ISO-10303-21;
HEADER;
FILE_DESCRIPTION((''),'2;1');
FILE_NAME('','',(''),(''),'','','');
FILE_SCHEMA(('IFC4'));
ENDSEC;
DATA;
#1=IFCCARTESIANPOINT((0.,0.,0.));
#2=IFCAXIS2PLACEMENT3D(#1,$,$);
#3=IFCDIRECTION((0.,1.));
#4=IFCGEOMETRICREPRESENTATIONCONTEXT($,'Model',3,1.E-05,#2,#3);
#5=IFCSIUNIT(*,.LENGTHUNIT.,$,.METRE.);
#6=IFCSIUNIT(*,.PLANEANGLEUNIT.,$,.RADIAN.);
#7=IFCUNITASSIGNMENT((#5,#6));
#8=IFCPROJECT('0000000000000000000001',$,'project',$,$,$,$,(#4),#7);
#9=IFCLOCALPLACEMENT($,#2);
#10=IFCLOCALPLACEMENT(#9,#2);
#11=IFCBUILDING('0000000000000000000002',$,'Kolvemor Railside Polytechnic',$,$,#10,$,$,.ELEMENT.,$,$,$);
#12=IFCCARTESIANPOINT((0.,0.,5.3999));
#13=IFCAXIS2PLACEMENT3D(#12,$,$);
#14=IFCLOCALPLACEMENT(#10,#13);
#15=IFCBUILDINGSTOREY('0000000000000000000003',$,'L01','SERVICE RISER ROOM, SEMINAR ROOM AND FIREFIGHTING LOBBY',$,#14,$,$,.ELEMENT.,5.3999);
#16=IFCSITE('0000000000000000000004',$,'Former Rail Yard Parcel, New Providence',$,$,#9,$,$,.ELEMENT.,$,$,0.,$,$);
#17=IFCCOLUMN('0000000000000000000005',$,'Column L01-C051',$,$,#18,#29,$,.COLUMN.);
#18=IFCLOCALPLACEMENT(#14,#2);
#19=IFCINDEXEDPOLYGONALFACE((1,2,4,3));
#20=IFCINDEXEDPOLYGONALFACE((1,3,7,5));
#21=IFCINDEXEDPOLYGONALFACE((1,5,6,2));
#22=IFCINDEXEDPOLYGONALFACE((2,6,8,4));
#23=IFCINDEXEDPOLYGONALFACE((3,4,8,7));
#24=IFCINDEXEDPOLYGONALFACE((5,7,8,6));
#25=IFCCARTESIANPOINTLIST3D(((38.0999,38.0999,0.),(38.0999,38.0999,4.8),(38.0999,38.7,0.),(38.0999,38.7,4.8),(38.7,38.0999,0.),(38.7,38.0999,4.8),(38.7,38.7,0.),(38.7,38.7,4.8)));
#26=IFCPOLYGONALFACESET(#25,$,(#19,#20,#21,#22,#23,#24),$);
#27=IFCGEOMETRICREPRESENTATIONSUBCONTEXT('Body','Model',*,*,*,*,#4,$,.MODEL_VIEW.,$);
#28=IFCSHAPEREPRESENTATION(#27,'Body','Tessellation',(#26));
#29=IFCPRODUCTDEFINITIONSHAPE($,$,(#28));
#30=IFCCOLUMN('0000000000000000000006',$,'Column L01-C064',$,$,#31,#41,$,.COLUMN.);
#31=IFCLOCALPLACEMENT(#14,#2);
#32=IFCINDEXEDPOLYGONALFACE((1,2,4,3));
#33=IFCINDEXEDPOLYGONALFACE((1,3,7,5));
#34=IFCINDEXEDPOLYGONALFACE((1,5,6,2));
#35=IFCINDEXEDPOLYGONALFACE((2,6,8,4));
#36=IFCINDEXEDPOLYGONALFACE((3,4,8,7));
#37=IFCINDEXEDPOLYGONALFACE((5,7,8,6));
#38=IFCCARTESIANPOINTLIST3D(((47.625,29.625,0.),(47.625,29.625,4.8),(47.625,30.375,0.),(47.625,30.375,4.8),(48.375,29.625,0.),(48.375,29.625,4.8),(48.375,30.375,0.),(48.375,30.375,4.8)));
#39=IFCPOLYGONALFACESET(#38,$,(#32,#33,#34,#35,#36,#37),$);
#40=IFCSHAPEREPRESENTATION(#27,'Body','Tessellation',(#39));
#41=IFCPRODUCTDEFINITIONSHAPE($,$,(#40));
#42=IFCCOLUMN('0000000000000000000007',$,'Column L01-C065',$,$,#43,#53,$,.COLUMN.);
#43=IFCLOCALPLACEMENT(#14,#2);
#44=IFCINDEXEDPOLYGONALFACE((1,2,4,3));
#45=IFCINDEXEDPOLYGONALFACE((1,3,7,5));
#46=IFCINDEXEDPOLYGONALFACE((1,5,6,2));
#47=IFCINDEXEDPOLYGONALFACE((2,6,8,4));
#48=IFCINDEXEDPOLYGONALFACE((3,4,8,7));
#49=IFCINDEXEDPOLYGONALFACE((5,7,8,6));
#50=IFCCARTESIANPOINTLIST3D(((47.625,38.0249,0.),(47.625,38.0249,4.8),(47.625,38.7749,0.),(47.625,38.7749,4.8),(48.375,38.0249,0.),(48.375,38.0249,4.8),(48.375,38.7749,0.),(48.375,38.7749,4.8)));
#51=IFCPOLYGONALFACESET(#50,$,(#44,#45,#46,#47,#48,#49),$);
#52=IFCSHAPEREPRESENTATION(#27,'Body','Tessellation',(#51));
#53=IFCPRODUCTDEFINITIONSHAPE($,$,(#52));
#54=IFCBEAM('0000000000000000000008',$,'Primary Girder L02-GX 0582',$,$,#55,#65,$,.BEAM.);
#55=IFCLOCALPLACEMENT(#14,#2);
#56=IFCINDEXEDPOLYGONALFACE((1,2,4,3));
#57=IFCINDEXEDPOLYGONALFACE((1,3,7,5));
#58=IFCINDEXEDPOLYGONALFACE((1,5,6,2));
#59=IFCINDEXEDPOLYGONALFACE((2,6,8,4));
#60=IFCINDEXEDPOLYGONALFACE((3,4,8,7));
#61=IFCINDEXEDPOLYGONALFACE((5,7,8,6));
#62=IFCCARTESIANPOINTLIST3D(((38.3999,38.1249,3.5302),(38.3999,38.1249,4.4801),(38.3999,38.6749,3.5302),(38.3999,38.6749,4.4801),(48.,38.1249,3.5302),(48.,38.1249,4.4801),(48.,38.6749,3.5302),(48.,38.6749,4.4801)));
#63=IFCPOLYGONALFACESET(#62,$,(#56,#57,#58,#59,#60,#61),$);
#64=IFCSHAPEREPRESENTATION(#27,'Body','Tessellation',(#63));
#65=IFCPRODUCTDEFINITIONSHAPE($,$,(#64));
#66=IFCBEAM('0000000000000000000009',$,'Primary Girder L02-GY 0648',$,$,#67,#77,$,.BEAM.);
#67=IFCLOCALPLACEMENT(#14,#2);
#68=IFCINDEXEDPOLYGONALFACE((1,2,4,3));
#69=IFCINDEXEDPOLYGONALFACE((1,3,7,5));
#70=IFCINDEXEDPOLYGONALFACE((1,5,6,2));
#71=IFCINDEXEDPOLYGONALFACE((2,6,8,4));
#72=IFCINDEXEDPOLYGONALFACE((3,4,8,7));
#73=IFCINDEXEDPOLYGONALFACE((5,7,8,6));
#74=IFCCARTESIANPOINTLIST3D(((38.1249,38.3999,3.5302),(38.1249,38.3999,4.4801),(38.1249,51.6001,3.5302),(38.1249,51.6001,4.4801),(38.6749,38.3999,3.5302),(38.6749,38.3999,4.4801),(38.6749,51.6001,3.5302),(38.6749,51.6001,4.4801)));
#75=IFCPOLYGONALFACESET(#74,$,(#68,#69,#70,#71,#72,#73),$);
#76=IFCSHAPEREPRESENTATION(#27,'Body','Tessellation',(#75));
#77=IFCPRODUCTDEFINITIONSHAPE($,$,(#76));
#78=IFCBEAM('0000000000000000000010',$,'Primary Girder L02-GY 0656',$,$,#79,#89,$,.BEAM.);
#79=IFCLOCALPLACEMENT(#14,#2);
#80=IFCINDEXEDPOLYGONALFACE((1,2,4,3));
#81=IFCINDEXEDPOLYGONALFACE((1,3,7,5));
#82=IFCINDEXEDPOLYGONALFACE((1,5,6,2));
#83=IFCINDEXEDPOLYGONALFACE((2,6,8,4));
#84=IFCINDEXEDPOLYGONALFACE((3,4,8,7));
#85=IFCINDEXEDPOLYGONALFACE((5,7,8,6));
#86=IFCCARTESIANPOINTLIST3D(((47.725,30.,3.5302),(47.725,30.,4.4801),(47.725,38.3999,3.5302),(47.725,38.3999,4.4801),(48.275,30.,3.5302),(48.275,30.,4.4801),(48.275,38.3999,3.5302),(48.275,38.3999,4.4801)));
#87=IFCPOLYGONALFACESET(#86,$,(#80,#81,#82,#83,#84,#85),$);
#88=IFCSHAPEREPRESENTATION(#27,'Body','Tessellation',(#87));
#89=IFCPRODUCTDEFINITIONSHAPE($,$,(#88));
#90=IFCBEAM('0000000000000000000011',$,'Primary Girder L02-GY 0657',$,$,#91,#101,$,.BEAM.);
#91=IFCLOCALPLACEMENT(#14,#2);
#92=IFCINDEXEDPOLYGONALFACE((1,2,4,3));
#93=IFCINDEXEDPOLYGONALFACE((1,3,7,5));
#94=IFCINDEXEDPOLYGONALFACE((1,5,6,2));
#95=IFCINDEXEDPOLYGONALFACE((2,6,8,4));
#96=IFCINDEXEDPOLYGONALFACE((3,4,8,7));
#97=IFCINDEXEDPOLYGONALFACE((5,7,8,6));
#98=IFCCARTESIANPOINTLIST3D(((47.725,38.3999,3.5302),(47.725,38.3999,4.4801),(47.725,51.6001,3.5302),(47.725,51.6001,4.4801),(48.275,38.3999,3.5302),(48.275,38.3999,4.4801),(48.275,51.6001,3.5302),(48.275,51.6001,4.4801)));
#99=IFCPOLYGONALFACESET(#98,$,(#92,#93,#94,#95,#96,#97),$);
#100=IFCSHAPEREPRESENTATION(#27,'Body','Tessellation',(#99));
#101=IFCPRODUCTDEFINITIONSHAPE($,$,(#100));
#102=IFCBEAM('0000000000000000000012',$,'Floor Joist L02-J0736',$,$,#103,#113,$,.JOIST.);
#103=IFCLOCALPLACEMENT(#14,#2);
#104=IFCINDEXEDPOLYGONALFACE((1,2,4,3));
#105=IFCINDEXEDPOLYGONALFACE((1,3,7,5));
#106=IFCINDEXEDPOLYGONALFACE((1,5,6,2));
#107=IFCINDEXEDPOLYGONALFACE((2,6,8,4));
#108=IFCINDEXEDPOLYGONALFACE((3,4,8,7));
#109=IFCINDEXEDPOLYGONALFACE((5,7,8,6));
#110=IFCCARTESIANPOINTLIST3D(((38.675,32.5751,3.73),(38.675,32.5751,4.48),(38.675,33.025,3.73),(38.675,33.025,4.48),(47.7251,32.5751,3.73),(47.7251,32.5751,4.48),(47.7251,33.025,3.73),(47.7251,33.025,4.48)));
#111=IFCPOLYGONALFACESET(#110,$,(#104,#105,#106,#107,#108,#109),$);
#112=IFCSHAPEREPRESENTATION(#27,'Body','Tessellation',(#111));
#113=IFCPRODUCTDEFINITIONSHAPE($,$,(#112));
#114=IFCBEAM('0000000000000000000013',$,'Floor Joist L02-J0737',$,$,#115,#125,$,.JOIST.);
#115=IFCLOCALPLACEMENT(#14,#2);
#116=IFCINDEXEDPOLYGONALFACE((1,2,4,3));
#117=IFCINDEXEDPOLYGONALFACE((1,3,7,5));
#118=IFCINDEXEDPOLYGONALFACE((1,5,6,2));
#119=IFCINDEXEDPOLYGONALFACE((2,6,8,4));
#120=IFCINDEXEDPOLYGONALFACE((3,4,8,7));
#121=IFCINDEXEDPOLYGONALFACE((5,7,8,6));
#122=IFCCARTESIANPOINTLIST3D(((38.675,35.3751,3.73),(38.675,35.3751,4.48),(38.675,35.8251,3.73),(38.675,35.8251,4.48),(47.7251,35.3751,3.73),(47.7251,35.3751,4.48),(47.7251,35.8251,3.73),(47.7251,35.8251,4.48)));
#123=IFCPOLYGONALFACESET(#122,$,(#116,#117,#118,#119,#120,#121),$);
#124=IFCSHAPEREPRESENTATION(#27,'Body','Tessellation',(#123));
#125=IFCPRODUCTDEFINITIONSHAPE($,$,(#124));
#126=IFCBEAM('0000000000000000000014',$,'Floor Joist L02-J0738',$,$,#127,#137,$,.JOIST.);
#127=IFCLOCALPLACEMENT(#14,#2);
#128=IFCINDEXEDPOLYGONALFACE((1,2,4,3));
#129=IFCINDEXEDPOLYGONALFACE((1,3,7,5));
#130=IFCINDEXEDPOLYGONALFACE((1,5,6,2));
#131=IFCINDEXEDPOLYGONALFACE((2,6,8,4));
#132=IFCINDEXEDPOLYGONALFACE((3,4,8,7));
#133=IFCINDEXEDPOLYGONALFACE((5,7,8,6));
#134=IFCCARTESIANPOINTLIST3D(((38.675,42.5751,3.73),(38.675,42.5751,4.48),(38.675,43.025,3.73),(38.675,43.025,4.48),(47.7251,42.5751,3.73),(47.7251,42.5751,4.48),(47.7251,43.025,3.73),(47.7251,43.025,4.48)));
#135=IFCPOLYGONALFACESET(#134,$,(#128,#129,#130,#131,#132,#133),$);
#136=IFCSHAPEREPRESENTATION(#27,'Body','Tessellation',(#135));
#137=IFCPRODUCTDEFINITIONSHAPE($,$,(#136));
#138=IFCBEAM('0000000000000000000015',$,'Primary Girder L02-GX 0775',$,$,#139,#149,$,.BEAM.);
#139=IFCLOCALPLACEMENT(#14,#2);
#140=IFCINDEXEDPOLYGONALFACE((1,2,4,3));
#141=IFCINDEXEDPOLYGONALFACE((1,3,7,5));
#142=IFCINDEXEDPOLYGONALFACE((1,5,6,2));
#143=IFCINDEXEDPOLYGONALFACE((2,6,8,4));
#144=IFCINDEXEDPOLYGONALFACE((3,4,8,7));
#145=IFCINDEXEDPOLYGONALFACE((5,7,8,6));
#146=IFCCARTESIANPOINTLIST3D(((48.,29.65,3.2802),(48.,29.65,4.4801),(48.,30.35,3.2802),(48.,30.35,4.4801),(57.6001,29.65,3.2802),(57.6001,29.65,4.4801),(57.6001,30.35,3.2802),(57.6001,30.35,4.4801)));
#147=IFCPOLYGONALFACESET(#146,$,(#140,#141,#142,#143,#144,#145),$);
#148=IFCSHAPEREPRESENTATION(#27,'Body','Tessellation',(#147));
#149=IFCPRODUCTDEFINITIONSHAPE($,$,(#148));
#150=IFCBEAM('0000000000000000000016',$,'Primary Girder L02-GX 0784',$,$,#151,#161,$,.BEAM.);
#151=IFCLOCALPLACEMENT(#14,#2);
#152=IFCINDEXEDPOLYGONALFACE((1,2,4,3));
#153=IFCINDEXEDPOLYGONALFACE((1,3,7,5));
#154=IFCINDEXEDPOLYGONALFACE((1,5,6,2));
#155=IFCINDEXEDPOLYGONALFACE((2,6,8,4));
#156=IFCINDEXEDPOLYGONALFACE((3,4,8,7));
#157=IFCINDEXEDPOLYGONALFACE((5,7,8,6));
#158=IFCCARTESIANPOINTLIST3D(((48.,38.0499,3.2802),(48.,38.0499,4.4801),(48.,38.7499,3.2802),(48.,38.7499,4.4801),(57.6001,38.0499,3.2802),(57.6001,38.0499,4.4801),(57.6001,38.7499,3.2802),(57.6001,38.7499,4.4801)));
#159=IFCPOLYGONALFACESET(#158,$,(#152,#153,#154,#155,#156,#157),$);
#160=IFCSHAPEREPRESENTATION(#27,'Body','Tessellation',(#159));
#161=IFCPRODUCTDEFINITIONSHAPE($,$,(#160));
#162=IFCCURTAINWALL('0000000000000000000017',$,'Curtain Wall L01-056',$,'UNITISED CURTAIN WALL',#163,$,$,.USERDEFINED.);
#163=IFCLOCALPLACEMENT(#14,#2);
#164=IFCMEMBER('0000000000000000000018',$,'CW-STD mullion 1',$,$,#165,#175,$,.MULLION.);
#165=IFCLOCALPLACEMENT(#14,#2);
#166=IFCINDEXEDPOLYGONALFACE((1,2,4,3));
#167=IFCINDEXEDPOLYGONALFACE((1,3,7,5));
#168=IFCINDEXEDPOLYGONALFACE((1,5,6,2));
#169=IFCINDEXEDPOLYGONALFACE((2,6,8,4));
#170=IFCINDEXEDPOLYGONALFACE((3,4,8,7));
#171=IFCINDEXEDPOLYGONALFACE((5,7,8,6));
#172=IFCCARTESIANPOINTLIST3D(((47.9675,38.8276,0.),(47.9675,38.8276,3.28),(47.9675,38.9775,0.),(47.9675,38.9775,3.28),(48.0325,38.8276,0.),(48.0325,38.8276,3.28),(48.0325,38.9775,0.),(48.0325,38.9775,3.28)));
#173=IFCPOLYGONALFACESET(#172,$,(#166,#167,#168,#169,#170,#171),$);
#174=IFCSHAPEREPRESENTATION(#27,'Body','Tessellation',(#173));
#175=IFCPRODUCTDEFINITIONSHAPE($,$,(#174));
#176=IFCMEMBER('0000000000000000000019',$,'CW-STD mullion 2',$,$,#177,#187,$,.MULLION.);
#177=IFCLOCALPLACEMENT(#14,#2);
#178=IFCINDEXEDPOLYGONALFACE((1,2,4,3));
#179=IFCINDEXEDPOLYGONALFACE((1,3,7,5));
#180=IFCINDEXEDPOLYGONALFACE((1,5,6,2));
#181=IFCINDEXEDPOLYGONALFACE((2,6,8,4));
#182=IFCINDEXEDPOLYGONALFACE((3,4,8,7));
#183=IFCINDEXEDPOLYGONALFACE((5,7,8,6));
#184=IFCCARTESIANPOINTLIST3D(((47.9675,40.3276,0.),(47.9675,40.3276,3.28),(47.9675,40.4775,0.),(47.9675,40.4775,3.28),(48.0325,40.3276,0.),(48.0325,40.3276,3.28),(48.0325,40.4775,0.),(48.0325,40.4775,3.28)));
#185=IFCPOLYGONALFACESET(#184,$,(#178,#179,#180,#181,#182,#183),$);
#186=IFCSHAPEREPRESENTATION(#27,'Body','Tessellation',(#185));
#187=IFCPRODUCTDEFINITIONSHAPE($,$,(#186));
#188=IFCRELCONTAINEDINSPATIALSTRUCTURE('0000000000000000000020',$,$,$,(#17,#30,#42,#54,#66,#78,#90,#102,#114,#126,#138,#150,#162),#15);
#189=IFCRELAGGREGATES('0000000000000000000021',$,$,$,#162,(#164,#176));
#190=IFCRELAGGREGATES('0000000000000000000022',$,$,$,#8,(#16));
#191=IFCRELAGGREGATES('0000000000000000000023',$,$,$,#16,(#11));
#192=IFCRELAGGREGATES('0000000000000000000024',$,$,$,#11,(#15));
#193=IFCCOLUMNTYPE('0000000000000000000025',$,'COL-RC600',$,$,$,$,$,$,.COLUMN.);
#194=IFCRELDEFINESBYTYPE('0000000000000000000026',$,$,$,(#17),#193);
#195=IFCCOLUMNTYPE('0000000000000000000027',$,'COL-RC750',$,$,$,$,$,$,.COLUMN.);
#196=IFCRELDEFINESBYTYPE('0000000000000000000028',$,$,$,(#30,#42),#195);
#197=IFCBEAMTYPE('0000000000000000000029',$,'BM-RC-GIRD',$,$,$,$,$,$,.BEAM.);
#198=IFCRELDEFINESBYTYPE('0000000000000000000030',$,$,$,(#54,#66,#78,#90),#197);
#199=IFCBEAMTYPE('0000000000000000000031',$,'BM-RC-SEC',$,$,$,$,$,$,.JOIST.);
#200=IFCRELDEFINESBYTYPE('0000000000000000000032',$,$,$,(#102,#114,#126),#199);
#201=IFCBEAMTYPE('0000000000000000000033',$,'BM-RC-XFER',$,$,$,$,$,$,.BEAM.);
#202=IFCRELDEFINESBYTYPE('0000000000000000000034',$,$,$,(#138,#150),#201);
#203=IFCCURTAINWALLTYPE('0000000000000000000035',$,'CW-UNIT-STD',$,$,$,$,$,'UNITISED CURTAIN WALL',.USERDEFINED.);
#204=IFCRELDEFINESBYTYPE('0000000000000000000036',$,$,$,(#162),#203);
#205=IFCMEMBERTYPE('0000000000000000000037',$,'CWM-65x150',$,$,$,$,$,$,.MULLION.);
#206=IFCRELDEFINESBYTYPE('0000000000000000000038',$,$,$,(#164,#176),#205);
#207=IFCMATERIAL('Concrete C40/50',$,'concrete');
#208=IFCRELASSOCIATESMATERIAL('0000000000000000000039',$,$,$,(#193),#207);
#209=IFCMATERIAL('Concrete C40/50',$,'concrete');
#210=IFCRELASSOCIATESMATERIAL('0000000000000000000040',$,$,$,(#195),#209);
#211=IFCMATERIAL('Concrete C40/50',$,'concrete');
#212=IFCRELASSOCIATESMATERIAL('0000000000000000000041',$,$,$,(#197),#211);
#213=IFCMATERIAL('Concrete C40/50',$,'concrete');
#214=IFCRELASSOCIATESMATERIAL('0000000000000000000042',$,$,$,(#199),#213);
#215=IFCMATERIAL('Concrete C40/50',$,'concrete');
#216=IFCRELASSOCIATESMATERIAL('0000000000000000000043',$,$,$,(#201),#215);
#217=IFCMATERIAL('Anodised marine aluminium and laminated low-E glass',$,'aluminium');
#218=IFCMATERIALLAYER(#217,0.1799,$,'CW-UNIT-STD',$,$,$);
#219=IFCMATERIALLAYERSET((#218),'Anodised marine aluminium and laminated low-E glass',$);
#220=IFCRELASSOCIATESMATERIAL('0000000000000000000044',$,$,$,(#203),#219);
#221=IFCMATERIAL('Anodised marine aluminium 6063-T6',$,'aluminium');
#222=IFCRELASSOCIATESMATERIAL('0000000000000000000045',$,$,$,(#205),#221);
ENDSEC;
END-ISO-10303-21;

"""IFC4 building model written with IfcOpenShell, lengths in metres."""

from ifc_helpers import new_model, si_unit, direction, frame, origin, origin_2d, place, context, subcontext, project, spatial, rectangle, extrude, material, layer, layer_set, material_profile, profile_set, type_object, element, aggregate, save


model = new_model("IFC4")

# Units and contexts
model_context = context("Model", 3, precision=1e-05, world=origin(), true_north=direction((0.0, 1.0)))
body_context = subcontext(model_context, "Body", "Model", "MODEL_VIEW")
ifc_project = project(units=[si_unit("LENGTHUNIT", "METRE"), si_unit("PLANEANGLEUNIT", "RADIAN")], contexts=[model_context])

# Site, building, storey
site_placement = place(None, origin())
site = spatial("IfcSite", under=ifc_project, at=site_placement, Name="Former Rail Yard Parcel, New Providence", CompositionType="ELEMENT", RefElevation=0.0)
building_placement = place(site_placement, origin())
building = spatial("IfcBuilding", under=site, at=building_placement, Name="Kolvemor Railside Polytechnic", CompositionType="ELEMENT")
storey_placement = place(building_placement, frame((0.0, 0.0, 5.3999)))
storey = spatial("IfcBuildingStorey", under=building, at=storey_placement, Name="L01", Description="SERVICE RISER ROOM, SEMINAR ROOM AND FIREFIGHTING LOBBY", CompositionType="ELEMENT", Elevation=5.3999)

# Columns
ifc_material_1 = material(Name="Concrete C40/50", Category="concrete")
ifc_material_profile_1 = material_profile(ifc_material_1, rectangle(XDim=0.6001, YDim=0.6001, at=origin_2d()), Name="RC600x600")
ifc_profile_set_1 = profile_set([ifc_material_profile_1], Name="Concrete C40/50")
column_type_1 = type_object("IfcColumnType", Name="COL-RC600", PredefinedType="COLUMN", material=ifc_profile_set_1)
column_placement = place(storey_placement, frame((38.3999, 38.3999, 0.0), z_axis=(0.0, 0.0, 1.0), x_axis=(1.0, 0.0, 0.0)))
element("IfcColumn", 1, at=column_placement, inside=storey, type_object=column_type_1, Name="Column L01-C051", PredefinedType="COLUMN", context=body_context, shape_type="SweptSolid", body=[
    extrude(rectangle(XDim=0.6001, YDim=0.6001, at=origin_2d()), origin(), (0.0, 0.0, 1.0), 4.8),
])
ifc_material_2 = material(Name="Concrete C40/50", Category="concrete")
ifc_material_profile_2 = material_profile(ifc_material_2, rectangle(XDim=0.75, YDim=0.75, at=origin_2d()), Name="RC750x750")
ifc_profile_set_2 = profile_set([ifc_material_profile_2], Name="Concrete C40/50")
column_type_2 = type_object("IfcColumnType", Name="COL-RC750", PredefinedType="COLUMN", material=ifc_profile_set_2)
for number, where, z_axis, x_axis, name in (
    (2, (48.0, 30.0, 0.0), (0.0, 0.0, 1.0), (1.0, 0.0, 0.0), "Column L01-C064"),
    (3, (48.0, 38.3999, 0.0), (0.0, 0.0, 1.0), (1.0, 0.0, 0.0), "Column L01-C065"),
):
    element("IfcColumn", number, at=place(storey_placement, frame(where, z_axis=z_axis, x_axis=x_axis)), inside=storey, type_object=column_type_2, Name=name, PredefinedType="COLUMN", context=body_context, shape_type="SweptSolid", body=[
        extrude(rectangle(XDim=0.75, YDim=0.75, at=origin_2d()), origin(), (0.0, 0.0, 1.0), 4.8),
    ])

# Beams
ifc_material_3 = material(Name="Concrete C40/50", Category="concrete")
ifc_material_profile_3 = material_profile(ifc_material_3, rectangle(XDim=0.55, YDim=0.95, at=origin_2d()), Name="RC550x950")
ifc_profile_set_3 = profile_set([ifc_material_profile_3], Name="Concrete C40/50")
beam_type_1 = type_object("IfcBeamType", Name="BM-RC-GIRD", PredefinedType="BEAM", material=ifc_profile_set_3)
beam_1_placement = place(storey_placement, frame((38.3999, 38.3999, 4.0051), z_axis=(1.0, 0.0, 0.0), x_axis=(0.0, 1.0, 0.0)))
element("IfcBeam", 4, at=beam_1_placement, inside=storey, type_object=beam_type_1, Name="Primary Girder L02-GX 0582", PredefinedType="BEAM", context=body_context, shape_type="SweptSolid", body=[
    extrude(rectangle(XDim=0.55, YDim=0.95, at=origin_2d()), origin(), (0.0, 0.0, 1.0), 9.6001),
])
beam_2_placement = place(storey_placement, frame((38.3999, 38.3999, 4.0051), z_axis=(0.0, 1.0, 0.0), x_axis=(-1.0, 0.0, 0.0)))
element("IfcBeam", 5, at=beam_2_placement, inside=storey, type_object=beam_type_1, Name="Primary Girder L02-GY 0648", PredefinedType="BEAM", context=body_context, shape_type="SweptSolid", body=[
    extrude(rectangle(XDim=0.55, YDim=0.95, at=origin_2d()), origin(), (0.0, 0.0, 1.0), 13.2002),
])
beam_3_placement = place(storey_placement, frame((48.0, 30.0, 4.0051), z_axis=(0.0, 1.0, 0.0), x_axis=(-1.0, 0.0, 0.0)))
element("IfcBeam", 6, at=beam_3_placement, inside=storey, type_object=beam_type_1, Name="Primary Girder L02-GY 0656", PredefinedType="BEAM", context=body_context, shape_type="SweptSolid", body=[
    extrude(rectangle(XDim=0.55, YDim=0.95, at=origin_2d()), origin(), (0.0, 0.0, 1.0), 8.3999),
])
beam_4_placement = place(storey_placement, frame((48.0, 38.3999, 4.0051), z_axis=(0.0, 1.0, 0.0), x_axis=(-1.0, 0.0, 0.0)))
element("IfcBeam", 7, at=beam_4_placement, inside=storey, type_object=beam_type_1, Name="Primary Girder L02-GY 0657", PredefinedType="BEAM", context=body_context, shape_type="SweptSolid", body=[
    extrude(rectangle(XDim=0.55, YDim=0.95, at=origin_2d()), origin(), (0.0, 0.0, 1.0), 13.2002),
])
ifc_material_4 = material(Name="Concrete C40/50", Category="concrete")
ifc_material_profile_4 = material_profile(ifc_material_4, rectangle(XDim=0.45, YDim=0.75, at=origin_2d()), Name="RC450x750")
ifc_profile_set_4 = profile_set([ifc_material_profile_4], Name="Concrete C40/50")
beam_type_2 = type_object("IfcBeamType", Name="BM-RC-SEC", PredefinedType="JOIST", material=ifc_profile_set_4)
for number, where, z_axis, x_axis, name in (
    (8, (38.675, 32.8, 4.105), (1.0, 0.0, 0.0), (0.0, 1.0, 0.0), "Floor Joist L02-J0736"),
    (9, (38.675, 35.6001, 4.105), (1.0, 0.0, 0.0), (0.0, 1.0, 0.0), "Floor Joist L02-J0737"),
    (10, (38.675, 42.8, 4.105), (1.0, 0.0, 0.0), (0.0, 1.0, 0.0), "Floor Joist L02-J0738"),
):
    element("IfcBeam", number, at=place(storey_placement, frame(where, z_axis=z_axis, x_axis=x_axis)), inside=storey, type_object=beam_type_2, Name=name, PredefinedType="JOIST", context=body_context, shape_type="SweptSolid", body=[
        extrude(rectangle(XDim=0.45, YDim=0.75, at=origin_2d()), origin(), (0.0, 0.0, 1.0), 9.05),
    ])
ifc_material_5 = material(Name="Concrete C40/50", Category="concrete")
ifc_material_profile_5 = material_profile(ifc_material_5, rectangle(XDim=0.7, YDim=1.2, at=origin_2d()), Name="RC700x1200")
ifc_profile_set_5 = profile_set([ifc_material_profile_5], Name="Concrete C40/50")
beam_type_3 = type_object("IfcBeamType", Name="BM-RC-XFER", PredefinedType="BEAM", material=ifc_profile_set_5)
for number, where, z_axis, x_axis, name in (
    (11, (48.0, 30.0, 3.8801), (1.0, 0.0, 0.0), (0.0, 1.0, 0.0), "Primary Girder L02-GX 0775"),
    (12, (48.0, 38.3999, 3.8801), (1.0, 0.0, 0.0), (0.0, 1.0, 0.0), "Primary Girder L02-GX 0784"),
):
    element("IfcBeam", number, at=place(storey_placement, frame(where, z_axis=z_axis, x_axis=x_axis)), inside=storey, type_object=beam_type_3, Name=name, PredefinedType="BEAM", context=body_context, shape_type="SweptSolid", body=[
        extrude(rectangle(XDim=0.7, YDim=1.2, at=origin_2d()), origin(), (0.0, 0.0, 1.0), 9.6001),
    ])

# Curtain wall, members
ifc_material_6 = material(Name="Anodised marine aluminium and laminated low-E glass", Category="aluminium")
ifc_layer_1 = layer(ifc_material_6, 0.1799, Name="CW-UNIT-STD")
ifc_layer_set_1 = layer_set([ifc_layer_1], Name="Anodised marine aluminium and laminated low-E glass")
curtain_wall_type = type_object("IfcCurtainWallType", Name="CW-UNIT-STD", ElementType="UNITISED CURTAIN WALL", PredefinedType="USERDEFINED", material=ifc_layer_set_1)
curtain_wall_placement = place(storey_placement, origin())
curtain_wall = element("IfcCurtainWall", 13, at=curtain_wall_placement, inside=storey, type_object=curtain_wall_type, Name="Curtain Wall L01-056", ObjectType="UNITISED CURTAIN WALL", PredefinedType="USERDEFINED")
ifc_material_7 = material(Name="Anodised marine aluminium 6063-T6", Category="aluminium")
ifc_material_profile_6 = material_profile(ifc_material_7, rectangle(XDim=0.0649, YDim=0.1499, at=origin_2d()), Name="CW-MUL-65x150")
ifc_profile_set_6 = profile_set([ifc_material_profile_6], Name="Anodised marine aluminium 6063-T6")
member_type_1 = type_object("IfcMemberType", Name="CWM-65x150", PredefinedType="MULLION", material=ifc_profile_set_6)
member_1_placement = place(storey_placement, frame((48.0, 38.9026, 0.0), z_axis=(0.0, 0.0, 1.0), x_axis=(-1.0, 0.0, 0.0)))
member_1 = element("IfcMember", 14, at=member_1_placement, type_object=member_type_1, Name="CW-STD mullion 1", PredefinedType="MULLION", context=body_context, shape_type="SweptSolid", body=[
    extrude(rectangle(XDim=0.0649, YDim=0.1499, at=origin_2d()), origin(), (0.0, 0.0, 1.0), 3.28),
])
member_2_placement = place(storey_placement, frame((48.0, 40.4026, 0.0), z_axis=(0.0, 0.0, 1.0), x_axis=(-1.0, 0.0, 0.0)))
member_2 = element("IfcMember", 15, at=member_2_placement, type_object=member_type_1, Name="CW-STD mullion 2", PredefinedType="MULLION", context=body_context, shape_type="SweptSolid", body=[
    extrude(rectangle(XDim=0.0649, YDim=0.1499, at=origin_2d()), origin(), (0.0, 0.0, 1.0), 3.28),
])
aggregate(curtain_wall, [member_1, member_2])

save(model, "model.ifc")
